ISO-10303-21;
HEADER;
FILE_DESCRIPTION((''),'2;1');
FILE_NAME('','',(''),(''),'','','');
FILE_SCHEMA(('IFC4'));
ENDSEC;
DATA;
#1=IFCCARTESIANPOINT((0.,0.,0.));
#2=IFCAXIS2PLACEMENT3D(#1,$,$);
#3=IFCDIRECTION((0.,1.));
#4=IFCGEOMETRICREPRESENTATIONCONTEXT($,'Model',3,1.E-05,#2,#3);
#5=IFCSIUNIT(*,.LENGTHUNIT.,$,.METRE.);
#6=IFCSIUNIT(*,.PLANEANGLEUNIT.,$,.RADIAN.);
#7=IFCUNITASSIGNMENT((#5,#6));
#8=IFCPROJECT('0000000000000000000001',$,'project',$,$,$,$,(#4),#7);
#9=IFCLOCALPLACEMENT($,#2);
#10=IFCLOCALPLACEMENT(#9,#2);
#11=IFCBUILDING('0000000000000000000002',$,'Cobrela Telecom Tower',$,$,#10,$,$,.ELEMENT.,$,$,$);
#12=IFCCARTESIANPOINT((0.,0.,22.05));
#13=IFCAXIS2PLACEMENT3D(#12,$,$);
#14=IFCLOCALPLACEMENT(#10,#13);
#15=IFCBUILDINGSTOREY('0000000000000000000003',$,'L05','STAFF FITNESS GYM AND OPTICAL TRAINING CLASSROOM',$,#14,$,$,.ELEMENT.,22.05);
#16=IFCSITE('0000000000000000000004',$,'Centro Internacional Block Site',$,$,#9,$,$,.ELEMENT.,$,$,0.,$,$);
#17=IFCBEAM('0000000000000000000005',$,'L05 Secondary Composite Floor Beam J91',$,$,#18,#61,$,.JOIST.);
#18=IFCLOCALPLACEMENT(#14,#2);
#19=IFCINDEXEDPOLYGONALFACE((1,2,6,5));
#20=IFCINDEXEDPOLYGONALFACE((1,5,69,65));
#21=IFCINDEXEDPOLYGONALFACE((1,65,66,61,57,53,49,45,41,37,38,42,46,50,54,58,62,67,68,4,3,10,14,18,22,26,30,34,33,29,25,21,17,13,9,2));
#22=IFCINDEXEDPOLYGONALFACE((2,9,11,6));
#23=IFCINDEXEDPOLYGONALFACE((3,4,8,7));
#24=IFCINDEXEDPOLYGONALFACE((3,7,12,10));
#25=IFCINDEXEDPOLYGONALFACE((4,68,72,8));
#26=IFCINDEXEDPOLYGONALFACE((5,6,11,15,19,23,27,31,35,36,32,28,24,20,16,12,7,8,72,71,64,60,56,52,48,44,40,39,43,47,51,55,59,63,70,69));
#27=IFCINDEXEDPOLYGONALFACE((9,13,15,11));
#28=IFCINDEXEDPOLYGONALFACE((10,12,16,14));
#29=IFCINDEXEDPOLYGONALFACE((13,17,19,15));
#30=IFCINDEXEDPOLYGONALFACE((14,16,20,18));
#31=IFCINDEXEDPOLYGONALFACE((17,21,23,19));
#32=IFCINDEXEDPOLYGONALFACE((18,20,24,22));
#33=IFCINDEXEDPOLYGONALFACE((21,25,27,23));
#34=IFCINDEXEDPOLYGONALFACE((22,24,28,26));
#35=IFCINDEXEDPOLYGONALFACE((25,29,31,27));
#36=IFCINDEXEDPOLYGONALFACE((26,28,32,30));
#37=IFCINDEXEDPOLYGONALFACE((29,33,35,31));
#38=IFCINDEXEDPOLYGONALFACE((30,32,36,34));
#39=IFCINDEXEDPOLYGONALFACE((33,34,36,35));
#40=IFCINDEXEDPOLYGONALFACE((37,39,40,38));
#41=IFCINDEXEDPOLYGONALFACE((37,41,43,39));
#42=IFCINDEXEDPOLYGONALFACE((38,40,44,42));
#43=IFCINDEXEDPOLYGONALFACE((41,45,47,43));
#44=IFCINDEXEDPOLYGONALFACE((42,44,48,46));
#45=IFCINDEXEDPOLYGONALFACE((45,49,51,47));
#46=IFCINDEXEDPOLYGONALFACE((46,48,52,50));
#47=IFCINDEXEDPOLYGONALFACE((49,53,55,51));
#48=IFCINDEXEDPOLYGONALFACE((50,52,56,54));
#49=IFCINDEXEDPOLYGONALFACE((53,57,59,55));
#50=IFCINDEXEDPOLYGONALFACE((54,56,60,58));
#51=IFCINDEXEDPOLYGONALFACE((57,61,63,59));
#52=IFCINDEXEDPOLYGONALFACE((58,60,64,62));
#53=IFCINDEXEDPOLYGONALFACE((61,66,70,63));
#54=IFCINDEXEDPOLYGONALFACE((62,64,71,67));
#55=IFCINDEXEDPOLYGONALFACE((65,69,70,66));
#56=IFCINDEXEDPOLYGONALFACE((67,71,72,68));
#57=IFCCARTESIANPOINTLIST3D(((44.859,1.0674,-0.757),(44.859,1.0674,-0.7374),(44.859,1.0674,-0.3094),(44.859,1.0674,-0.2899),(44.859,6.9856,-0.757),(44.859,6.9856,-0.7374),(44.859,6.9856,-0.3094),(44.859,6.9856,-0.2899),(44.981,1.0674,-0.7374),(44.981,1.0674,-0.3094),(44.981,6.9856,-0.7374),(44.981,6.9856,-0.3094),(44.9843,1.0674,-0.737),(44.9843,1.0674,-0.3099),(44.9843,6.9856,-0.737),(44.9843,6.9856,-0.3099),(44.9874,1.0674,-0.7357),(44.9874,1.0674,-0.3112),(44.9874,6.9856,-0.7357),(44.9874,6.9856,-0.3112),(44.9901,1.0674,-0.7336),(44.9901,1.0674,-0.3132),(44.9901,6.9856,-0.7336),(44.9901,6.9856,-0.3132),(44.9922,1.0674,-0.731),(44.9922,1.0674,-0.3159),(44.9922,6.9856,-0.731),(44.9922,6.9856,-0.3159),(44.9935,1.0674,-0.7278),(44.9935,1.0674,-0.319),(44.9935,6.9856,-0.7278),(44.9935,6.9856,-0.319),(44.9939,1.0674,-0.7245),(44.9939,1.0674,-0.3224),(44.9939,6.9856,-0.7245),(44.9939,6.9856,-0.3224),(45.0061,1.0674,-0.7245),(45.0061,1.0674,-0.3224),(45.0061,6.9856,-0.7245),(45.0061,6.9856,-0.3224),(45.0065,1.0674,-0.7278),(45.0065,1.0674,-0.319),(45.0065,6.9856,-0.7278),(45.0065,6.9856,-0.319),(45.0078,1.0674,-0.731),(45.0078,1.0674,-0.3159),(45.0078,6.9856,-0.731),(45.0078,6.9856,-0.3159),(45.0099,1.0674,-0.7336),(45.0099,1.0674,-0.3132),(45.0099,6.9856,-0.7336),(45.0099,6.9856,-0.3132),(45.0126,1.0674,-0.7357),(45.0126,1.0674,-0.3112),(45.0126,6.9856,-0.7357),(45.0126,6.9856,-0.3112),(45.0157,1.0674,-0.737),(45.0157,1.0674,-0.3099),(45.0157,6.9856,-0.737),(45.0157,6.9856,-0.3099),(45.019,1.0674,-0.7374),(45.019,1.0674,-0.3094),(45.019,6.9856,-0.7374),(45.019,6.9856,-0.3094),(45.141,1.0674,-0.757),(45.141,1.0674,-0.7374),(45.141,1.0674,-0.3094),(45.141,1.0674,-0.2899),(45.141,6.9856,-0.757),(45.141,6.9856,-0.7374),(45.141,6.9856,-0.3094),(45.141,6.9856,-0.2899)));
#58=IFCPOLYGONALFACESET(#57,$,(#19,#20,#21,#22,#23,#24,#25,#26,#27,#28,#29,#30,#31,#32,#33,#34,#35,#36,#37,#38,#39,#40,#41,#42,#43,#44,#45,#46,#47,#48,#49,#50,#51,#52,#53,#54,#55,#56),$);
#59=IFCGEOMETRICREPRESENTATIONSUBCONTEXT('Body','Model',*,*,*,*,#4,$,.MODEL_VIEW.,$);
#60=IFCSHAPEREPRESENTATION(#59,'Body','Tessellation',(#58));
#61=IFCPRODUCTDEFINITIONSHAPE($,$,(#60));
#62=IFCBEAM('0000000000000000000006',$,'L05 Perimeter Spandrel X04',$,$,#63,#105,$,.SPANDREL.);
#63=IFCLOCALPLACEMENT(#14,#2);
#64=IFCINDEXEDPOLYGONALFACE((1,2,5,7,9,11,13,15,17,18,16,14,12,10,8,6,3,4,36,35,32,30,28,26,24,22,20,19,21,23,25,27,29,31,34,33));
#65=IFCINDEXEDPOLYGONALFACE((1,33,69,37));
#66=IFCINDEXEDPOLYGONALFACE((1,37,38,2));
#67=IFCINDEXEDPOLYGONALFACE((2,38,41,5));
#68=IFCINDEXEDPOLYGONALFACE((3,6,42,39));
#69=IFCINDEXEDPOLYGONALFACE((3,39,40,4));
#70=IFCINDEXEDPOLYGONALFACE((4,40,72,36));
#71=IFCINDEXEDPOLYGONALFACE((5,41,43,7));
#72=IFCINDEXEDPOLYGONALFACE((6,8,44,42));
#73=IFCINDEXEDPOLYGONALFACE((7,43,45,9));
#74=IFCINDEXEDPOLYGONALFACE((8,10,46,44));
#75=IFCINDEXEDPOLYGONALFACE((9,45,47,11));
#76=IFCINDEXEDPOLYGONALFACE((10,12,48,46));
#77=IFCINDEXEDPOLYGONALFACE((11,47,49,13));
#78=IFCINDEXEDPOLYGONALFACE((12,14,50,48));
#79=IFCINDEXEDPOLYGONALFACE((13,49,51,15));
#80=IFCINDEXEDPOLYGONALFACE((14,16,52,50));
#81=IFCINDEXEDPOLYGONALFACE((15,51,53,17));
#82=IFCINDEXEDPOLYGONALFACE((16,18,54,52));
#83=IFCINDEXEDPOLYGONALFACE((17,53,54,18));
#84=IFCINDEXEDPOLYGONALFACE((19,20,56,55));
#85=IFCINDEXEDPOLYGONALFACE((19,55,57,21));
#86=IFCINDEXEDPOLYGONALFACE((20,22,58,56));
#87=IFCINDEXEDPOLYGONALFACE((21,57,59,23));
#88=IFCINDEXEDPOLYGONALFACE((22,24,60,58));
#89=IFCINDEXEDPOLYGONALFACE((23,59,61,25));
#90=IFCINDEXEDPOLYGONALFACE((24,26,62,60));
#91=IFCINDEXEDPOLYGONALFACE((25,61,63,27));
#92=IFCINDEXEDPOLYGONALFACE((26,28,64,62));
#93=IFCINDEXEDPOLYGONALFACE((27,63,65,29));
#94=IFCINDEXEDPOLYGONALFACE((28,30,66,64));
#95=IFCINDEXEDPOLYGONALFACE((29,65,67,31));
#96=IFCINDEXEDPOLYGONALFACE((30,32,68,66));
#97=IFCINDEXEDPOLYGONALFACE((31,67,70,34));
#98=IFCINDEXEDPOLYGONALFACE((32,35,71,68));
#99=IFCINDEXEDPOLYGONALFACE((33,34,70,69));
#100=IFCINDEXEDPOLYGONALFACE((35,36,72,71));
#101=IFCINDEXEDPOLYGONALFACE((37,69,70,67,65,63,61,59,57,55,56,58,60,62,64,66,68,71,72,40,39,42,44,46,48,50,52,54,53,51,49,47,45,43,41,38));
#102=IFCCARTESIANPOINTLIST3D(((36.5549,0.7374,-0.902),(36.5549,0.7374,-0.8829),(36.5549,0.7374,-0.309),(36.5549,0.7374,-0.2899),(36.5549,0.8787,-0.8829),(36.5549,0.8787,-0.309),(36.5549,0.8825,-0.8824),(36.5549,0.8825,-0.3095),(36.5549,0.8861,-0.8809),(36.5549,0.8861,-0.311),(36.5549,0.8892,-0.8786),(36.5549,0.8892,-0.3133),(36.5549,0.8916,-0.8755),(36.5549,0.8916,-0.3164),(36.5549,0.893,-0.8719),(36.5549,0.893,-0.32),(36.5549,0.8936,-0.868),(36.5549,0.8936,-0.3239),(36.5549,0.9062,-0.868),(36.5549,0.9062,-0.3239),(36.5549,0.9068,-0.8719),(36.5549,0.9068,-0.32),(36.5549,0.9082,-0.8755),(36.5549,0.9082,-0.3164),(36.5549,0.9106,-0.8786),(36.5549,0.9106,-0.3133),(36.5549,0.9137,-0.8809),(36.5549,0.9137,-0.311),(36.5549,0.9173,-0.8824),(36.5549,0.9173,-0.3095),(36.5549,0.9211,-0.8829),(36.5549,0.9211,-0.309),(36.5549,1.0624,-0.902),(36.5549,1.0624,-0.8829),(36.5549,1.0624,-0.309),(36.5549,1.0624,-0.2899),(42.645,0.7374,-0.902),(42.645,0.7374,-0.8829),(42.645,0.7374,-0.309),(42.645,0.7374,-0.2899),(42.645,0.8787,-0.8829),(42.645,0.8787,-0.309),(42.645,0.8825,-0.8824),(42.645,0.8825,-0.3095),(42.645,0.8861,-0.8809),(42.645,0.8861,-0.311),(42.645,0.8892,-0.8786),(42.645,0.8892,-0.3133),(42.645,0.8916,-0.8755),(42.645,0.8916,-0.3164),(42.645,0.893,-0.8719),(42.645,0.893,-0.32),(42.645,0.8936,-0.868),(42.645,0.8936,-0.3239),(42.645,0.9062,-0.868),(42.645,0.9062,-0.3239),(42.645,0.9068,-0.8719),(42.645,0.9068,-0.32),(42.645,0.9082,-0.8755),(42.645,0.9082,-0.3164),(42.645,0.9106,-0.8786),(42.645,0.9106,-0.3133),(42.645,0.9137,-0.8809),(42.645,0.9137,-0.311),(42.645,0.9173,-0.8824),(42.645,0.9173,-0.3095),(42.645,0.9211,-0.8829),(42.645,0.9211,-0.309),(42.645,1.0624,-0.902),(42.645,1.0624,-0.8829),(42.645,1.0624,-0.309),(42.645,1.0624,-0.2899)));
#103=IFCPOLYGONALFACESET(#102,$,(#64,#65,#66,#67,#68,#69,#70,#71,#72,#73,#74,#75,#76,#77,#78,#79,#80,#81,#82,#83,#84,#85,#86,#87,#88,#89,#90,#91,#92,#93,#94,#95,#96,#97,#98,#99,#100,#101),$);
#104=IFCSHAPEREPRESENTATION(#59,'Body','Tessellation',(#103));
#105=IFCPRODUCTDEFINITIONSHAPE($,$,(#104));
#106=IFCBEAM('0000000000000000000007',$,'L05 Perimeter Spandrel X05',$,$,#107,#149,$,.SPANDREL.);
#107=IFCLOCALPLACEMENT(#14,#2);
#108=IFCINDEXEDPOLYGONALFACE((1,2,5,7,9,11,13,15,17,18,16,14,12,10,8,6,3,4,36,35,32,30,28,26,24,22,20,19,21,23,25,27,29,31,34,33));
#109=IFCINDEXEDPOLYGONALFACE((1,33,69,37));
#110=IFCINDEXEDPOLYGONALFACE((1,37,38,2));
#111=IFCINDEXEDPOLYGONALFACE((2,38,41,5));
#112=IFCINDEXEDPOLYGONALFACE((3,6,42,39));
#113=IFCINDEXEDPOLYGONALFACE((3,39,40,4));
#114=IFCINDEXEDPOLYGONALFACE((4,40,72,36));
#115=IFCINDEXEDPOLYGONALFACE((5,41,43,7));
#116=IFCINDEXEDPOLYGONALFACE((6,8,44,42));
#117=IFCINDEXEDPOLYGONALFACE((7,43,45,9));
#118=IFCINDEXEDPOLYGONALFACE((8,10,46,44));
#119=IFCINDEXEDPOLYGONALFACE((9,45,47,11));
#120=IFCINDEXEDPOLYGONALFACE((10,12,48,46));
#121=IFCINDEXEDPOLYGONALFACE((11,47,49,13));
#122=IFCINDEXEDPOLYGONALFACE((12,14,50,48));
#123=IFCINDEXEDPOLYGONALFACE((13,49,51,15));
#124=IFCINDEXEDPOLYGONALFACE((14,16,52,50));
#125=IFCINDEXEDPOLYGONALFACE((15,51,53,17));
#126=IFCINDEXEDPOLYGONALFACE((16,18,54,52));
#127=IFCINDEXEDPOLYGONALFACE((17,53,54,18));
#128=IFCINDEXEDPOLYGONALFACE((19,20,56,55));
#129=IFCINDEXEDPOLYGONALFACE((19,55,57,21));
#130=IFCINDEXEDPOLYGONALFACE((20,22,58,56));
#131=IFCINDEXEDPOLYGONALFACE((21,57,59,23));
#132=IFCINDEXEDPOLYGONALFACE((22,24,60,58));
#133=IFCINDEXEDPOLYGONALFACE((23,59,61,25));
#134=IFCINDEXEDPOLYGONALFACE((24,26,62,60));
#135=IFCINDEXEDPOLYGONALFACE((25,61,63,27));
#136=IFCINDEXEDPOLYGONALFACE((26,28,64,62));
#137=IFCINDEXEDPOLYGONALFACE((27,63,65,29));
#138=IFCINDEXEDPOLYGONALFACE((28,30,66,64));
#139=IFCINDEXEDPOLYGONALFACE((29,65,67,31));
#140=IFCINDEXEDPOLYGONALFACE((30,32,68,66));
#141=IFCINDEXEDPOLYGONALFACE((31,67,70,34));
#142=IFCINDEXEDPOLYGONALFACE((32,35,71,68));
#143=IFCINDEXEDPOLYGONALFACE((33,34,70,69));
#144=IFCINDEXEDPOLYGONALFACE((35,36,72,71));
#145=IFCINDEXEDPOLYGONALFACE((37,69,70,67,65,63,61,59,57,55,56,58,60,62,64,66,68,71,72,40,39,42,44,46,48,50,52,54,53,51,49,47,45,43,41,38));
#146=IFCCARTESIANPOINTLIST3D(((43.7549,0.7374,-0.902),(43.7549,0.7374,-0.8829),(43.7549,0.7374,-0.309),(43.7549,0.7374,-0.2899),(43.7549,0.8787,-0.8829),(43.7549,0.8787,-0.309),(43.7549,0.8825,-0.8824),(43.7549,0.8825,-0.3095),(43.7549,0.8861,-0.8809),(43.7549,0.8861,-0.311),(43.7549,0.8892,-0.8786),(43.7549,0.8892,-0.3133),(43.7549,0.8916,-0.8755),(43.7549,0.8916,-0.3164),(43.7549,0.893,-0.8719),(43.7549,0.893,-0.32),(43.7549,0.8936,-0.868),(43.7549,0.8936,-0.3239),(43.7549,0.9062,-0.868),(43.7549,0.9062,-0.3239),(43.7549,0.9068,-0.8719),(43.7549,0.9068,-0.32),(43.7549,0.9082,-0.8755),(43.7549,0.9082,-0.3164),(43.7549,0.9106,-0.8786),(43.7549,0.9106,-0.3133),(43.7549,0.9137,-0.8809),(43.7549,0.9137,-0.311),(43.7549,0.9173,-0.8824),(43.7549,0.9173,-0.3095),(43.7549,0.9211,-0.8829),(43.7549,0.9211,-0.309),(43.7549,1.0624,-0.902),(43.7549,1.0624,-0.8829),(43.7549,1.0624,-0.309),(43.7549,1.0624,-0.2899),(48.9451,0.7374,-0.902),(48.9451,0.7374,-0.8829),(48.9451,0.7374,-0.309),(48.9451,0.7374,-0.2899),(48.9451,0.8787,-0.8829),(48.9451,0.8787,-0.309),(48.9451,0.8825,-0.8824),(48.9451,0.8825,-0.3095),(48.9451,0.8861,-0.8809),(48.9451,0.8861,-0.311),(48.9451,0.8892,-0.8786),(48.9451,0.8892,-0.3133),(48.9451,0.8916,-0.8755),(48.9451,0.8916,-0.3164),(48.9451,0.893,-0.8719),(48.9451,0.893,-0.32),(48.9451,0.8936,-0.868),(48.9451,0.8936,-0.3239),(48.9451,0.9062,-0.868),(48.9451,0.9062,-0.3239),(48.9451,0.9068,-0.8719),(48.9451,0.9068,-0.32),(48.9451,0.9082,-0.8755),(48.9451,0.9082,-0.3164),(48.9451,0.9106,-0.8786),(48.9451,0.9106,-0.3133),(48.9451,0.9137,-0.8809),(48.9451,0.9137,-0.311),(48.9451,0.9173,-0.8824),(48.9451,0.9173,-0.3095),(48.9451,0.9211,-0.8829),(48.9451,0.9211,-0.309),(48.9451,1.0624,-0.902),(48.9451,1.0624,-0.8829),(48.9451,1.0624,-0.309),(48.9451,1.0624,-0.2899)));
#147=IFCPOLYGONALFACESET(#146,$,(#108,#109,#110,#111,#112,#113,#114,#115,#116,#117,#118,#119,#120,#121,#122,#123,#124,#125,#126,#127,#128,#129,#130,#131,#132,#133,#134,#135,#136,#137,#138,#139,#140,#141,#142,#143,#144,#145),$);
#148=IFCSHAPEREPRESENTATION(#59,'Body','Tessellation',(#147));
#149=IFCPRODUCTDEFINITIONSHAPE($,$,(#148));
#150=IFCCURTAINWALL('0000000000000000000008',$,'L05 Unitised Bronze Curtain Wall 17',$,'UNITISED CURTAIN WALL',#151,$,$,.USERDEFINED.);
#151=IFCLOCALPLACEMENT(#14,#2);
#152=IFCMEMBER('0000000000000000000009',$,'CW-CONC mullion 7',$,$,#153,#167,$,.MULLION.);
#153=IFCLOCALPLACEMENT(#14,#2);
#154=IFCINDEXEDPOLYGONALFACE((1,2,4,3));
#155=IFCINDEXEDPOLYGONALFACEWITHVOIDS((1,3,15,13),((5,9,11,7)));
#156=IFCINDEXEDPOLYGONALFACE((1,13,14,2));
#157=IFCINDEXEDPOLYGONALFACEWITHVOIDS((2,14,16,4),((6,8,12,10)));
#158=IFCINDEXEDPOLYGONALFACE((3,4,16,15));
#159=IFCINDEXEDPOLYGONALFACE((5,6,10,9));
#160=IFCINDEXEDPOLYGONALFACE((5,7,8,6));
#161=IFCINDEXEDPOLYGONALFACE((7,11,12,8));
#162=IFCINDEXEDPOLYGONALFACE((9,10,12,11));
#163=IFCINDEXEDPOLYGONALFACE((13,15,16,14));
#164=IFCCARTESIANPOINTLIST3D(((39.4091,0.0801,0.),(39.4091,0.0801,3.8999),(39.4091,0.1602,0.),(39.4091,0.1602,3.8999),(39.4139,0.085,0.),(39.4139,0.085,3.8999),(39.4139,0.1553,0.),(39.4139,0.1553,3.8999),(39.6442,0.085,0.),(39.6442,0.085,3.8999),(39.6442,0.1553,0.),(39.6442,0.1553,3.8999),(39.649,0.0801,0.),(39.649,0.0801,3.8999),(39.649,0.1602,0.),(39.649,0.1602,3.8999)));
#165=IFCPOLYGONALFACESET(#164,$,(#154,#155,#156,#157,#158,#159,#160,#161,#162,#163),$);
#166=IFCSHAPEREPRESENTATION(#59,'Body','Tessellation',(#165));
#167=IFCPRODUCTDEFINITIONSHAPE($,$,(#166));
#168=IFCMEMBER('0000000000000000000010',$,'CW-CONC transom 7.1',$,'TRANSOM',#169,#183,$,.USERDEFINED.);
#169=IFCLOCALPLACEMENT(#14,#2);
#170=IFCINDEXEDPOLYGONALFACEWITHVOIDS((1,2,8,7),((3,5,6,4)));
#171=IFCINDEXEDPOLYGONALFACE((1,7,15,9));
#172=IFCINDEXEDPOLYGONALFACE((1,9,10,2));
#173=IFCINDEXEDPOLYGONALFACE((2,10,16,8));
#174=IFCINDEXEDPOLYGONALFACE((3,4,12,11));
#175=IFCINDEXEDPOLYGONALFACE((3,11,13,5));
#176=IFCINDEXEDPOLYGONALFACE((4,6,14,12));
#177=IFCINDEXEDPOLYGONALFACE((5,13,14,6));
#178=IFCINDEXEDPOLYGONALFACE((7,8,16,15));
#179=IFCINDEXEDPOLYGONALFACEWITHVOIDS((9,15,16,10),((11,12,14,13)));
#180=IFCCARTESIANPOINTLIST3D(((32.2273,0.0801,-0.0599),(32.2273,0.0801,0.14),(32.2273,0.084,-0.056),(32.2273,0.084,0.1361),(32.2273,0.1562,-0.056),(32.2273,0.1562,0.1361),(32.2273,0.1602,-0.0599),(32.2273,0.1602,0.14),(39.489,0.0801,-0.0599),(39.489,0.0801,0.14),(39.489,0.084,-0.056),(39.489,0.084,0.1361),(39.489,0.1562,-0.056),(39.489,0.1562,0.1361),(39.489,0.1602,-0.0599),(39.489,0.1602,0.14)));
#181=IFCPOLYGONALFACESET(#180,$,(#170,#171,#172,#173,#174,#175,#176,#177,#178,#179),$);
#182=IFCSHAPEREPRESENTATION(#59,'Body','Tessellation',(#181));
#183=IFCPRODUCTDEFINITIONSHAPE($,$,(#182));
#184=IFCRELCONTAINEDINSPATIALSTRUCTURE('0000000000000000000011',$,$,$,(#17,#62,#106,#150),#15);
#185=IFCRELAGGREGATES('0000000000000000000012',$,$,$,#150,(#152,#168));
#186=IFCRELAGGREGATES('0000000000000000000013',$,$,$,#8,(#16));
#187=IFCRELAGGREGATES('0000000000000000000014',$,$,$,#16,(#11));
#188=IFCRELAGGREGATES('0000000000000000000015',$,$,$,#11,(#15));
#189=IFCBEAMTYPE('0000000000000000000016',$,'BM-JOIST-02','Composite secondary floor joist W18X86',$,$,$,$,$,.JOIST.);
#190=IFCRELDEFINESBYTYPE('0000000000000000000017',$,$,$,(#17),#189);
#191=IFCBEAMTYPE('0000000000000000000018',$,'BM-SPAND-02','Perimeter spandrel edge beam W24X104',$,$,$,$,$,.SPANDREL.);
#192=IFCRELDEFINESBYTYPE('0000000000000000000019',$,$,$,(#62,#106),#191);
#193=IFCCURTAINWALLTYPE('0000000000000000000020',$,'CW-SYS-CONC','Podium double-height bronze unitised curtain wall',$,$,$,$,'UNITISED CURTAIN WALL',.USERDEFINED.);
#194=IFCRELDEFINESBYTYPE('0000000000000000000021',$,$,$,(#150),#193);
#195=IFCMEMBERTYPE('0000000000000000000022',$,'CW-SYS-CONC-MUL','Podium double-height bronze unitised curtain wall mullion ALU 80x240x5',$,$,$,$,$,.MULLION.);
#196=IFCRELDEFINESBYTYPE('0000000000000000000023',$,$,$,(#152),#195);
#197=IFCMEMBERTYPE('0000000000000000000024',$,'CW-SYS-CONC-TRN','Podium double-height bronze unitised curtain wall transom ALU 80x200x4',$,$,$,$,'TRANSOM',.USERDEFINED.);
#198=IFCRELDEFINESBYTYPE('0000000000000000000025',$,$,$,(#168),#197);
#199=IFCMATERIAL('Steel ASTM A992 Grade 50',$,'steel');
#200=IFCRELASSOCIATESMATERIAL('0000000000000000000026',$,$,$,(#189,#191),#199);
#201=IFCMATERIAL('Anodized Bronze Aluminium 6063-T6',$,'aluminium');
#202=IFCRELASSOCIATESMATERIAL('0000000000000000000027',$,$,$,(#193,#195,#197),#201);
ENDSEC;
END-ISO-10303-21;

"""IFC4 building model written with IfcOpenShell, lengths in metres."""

from ifc_helpers import new_model, si_unit, direction, frame, origin, origin_2d, place, context, subcontext, project, spatial, hollow_rectangle, i_section, extrude, material, material_profile, profile_set, type_object, element, aggregate, save


model = new_model("IFC4")

# Units and contexts
model_context = context("Model", 3, precision=1e-05, world=origin(), true_north=direction((0.0, 1.0)))
body_context = subcontext(model_context, "Body", "Model", "MODEL_VIEW")
ifc_project = project(units=[si_unit("LENGTHUNIT", "METRE"), si_unit("PLANEANGLEUNIT", "RADIAN")], contexts=[model_context])

# Site, building, storey
site_placement = place(None, origin())
site = spatial("IfcSite", under=ifc_project, at=site_placement, Name="Centro Internacional Block Site", CompositionType="ELEMENT", RefElevation=0.0)
building_placement = place(site_placement, origin())
building = spatial("IfcBuilding", under=site, at=building_placement, Name="Cobrela Telecom Tower", CompositionType="ELEMENT")
storey_placement = place(building_placement, frame((0.0, 0.0, 22.05)))
storey = spatial("IfcBuildingStorey", under=building, at=storey_placement, Name="L05", Description="STAFF FITNESS GYM AND OPTICAL TRAINING CLASSROOM", CompositionType="ELEMENT", Elevation=22.05)

# Beams
ifc_material_1 = material(Name="Steel ASTM A992 Grade 50", Category="steel")
ifc_material_profile_1 = material_profile(ifc_material_1, i_section(OverallWidth=0.282, OverallDepth=0.467, WebThickness=0.0122, FlangeThickness=0.0195, FilletRadius=0.0129, at=origin_2d()), Name="W18X86")
ifc_profile_set_1 = profile_set([ifc_material_profile_1], Name="Steel ASTM A992 Grade 50")
beam_type_1 = type_object("IfcBeamType", Name="BM-JOIST-02", Description="Composite secondary floor joist W18X86", PredefinedType="JOIST", material=ifc_profile_set_1)
beam_1_placement = place(storey_placement, frame((45.0, 1.0674, -0.5234), z_axis=(0.0, 1.0, 0.0), x_axis=(-1.0, 0.0, 0.0)))
element("IfcBeam", 1, at=beam_1_placement, inside=storey, type_object=beam_type_1, Name="L05 Secondary Composite Floor Beam J91", PredefinedType="JOIST", context=body_context, shape_type="SweptSolid", body=[
    extrude(i_section(OverallWidth=0.282, OverallDepth=0.467, WebThickness=0.0122, FlangeThickness=0.0195, FilletRadius=0.0129, at=origin_2d()), origin(), (0.0, 0.0, 1.0), 5.9182),
])
ifc_material_profile_2 = material_profile(ifc_material_1, i_section(OverallWidth=0.325, OverallDepth=0.6121, WebThickness=0.0127, FlangeThickness=0.019, FilletRadius=0.0149, at=origin_2d()), Name="W24X104")
ifc_profile_set_2 = profile_set([ifc_material_profile_2], Name="Steel ASTM A992 Grade 50")
beam_type_2 = type_object("IfcBeamType", Name="BM-SPAND-02", Description="Perimeter spandrel edge beam W24X104", PredefinedType="SPANDREL", material=ifc_profile_set_2)
beam_2_placement = place(storey_placement, frame((36.5549, 0.8999, -0.5959), z_axis=(1.0, 0.0, 0.0), x_axis=(0.0, 1.0, 0.0)))
element("IfcBeam", 2, at=beam_2_placement, inside=storey, type_object=beam_type_2, Name="L05 Perimeter Spandrel X04", PredefinedType="SPANDREL", context=body_context, shape_type="SweptSolid", body=[
    extrude(i_section(OverallWidth=0.325, OverallDepth=0.6121, WebThickness=0.0127, FlangeThickness=0.019, FilletRadius=0.0149, at=origin_2d()), origin(), (0.0, 0.0, 1.0), 6.0901),
])
beam_3_placement = place(storey_placement, frame((43.7549, 0.8999, -0.5959), z_axis=(1.0, 0.0, 0.0), x_axis=(0.0, 1.0, 0.0)))
element("IfcBeam", 3, at=beam_3_placement, inside=storey, type_object=beam_type_2, Name="L05 Perimeter Spandrel X05", PredefinedType="SPANDREL", context=body_context, shape_type="SweptSolid", body=[
    extrude(i_section(OverallWidth=0.325, OverallDepth=0.6121, WebThickness=0.0127, FlangeThickness=0.019, FilletRadius=0.0149, at=origin_2d()), origin(), (0.0, 0.0, 1.0), 5.1902),
])

# Curtain wall, members
ifc_material_2 = material(Name="Anodized Bronze Aluminium 6063-T6", Category="aluminium")
curtain_wall_type = type_object("IfcCurtainWallType", Name="CW-SYS-CONC", Description="Podium double-height bronze unitised curtain wall", ElementType="UNITISED CURTAIN WALL", PredefinedType="USERDEFINED", material=ifc_material_2)
curtain_wall_placement = place(storey_placement, origin())
curtain_wall = element("IfcCurtainWall", 4, at=curtain_wall_placement, inside=storey, type_object=curtain_wall_type, Name="L05 Unitised Bronze Curtain Wall 17", ObjectType="UNITISED CURTAIN WALL", PredefinedType="USERDEFINED")
ifc_material_profile_3 = material_profile(ifc_material_2, hollow_rectangle(XDim=0.0801, YDim=0.24, WallThickness=0.0049, at=origin_2d()), Name="ALU 80x240x5")
ifc_profile_set_3 = profile_set([ifc_material_profile_3], Name="Anodized Bronze Aluminium 6063-T6")
member_type_1 = type_object("IfcMemberType", Name="CW-SYS-CONC-MUL", Description="Podium double-height bronze unitised curtain wall mullion ALU 80x240x5", PredefinedType="MULLION", material=ifc_profile_set_3)
member_1_placement = place(storey_placement, frame((39.5291, 0.1201, 0.0), z_axis=(0.0, 0.0, 1.0), x_axis=(0.0, -1.0, 0.0)))
member_1 = element("IfcMember", 5, at=member_1_placement, type_object=member_type_1, Name="CW-CONC mullion 7", PredefinedType="MULLION", context=body_context, shape_type="SweptSolid", body=[
    extrude(hollow_rectangle(XDim=0.0801, YDim=0.24, WallThickness=0.0049, at=origin_2d()), origin(), (0.0, 0.0, 1.0), 3.8999),
])
ifc_material_profile_4 = material_profile(ifc_material_2, hollow_rectangle(XDim=0.0801, YDim=0.2, WallThickness=0.0039, at=origin_2d()), Name="ALU 80x200x4")
ifc_profile_set_4 = profile_set([ifc_material_profile_4], Name="Anodized Bronze Aluminium 6063-T6")
member_type_2 = type_object("IfcMemberType", Name="CW-SYS-CONC-TRN", Description="Podium double-height bronze unitised curtain wall transom ALU 80x200x4", ElementType="TRANSOM", PredefinedType="USERDEFINED", material=ifc_profile_set_4)
member_2_placement = place(storey_placement, frame((39.489, 0.1201, 0.04), z_axis=(-1.0, 0.0, 0.0), x_axis=(0.0, -1.0, 0.0)))
member_2 = element("IfcMember", 6, at=member_2_placement, type_object=member_type_2, Name="CW-CONC transom 7.1", ObjectType="TRANSOM", PredefinedType="USERDEFINED", context=body_context, shape_type="SweptSolid", body=[
    extrude(hollow_rectangle(XDim=0.0801, YDim=0.2, WallThickness=0.0039, at=origin_2d()), origin(), (0.0, 0.0, 1.0), 7.2617),
])
aggregate(curtain_wall, [member_1, member_2])

save(model, "model.ifc")
